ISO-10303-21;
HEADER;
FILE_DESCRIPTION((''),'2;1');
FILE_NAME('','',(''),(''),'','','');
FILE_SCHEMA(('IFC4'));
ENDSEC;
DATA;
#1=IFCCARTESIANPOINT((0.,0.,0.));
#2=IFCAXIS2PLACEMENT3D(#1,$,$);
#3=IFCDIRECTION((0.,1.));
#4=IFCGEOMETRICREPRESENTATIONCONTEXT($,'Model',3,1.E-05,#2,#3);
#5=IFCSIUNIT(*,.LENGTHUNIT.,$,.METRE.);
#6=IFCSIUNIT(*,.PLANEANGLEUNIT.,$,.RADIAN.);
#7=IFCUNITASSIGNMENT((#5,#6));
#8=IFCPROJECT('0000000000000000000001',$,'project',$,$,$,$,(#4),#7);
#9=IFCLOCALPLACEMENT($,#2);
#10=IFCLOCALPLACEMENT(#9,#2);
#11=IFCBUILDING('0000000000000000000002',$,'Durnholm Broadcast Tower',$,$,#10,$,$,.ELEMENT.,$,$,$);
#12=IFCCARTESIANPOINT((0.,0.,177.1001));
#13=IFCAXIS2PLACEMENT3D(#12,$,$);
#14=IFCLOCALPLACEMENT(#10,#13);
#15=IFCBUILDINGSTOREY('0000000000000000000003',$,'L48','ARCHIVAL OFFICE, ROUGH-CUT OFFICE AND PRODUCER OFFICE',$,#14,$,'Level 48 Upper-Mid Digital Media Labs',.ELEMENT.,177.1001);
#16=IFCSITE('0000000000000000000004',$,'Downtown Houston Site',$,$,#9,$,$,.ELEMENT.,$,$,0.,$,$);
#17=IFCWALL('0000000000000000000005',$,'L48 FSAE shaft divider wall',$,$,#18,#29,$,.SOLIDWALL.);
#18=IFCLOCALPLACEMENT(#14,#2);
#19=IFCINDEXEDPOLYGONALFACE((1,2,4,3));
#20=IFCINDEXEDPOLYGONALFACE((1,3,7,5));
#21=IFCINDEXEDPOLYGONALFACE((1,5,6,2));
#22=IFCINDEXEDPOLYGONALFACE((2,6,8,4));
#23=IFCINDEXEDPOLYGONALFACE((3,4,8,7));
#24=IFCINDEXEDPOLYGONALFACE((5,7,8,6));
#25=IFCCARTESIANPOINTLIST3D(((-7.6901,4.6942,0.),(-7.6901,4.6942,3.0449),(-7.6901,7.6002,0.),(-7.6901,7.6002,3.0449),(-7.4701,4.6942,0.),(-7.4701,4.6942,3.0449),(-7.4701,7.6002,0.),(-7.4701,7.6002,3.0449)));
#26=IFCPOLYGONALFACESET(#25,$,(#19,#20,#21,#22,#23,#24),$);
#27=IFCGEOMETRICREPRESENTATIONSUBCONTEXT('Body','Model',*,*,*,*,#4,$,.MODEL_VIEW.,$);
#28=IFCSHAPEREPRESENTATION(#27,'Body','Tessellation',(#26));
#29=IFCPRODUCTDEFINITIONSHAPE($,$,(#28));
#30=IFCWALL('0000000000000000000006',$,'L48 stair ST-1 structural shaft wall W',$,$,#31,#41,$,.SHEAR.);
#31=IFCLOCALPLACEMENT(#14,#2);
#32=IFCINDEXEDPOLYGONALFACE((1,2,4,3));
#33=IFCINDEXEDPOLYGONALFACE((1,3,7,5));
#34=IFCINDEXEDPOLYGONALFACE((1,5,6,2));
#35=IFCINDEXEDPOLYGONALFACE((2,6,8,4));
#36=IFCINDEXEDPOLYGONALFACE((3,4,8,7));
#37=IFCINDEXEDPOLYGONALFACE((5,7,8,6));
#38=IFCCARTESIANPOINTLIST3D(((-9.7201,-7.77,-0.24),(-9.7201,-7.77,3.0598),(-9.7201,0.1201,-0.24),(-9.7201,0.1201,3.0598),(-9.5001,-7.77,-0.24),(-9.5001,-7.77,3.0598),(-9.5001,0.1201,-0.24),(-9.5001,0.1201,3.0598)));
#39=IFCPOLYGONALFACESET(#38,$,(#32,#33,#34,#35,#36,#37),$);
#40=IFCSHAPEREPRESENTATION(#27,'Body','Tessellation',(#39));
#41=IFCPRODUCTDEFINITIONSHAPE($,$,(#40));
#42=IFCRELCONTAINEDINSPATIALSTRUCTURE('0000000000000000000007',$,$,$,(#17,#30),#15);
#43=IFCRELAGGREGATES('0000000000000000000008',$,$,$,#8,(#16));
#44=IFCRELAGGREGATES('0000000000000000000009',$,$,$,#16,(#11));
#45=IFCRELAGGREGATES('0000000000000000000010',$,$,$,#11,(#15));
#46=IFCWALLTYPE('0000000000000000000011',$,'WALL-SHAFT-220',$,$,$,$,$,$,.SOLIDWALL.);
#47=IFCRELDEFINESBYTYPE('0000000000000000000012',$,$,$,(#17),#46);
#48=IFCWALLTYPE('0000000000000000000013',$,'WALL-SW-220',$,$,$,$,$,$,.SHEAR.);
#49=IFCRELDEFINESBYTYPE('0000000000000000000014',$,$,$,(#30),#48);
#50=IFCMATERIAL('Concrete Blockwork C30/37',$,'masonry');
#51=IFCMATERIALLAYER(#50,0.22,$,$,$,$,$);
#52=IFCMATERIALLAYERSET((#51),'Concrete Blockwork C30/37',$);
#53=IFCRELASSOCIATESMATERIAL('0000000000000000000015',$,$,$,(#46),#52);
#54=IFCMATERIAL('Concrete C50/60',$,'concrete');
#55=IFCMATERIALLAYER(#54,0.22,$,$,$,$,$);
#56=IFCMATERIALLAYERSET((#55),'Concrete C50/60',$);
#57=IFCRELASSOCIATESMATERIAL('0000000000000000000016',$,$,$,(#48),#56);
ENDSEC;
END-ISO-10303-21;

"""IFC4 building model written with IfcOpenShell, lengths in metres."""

from ifc_helpers import new_model, si_unit, direction, frame, frame_2d, origin, place, context, subcontext, project, spatial, rectangle, extrude, material, layer, layer_set, type_object, element, save


model = new_model("IFC4")

# Units and contexts
model_context = context("Model", 3, precision=1e-05, world=origin(), true_north=direction((0.0, 1.0)))
body_context = subcontext(model_context, "Body", "Model", "MODEL_VIEW")
ifc_project = project(units=[si_unit("LENGTHUNIT", "METRE"), si_unit("PLANEANGLEUNIT", "RADIAN")], contexts=[model_context])

# Site, building, storey
site_placement = place(None, origin())
site = spatial("IfcSite", under=ifc_project, at=site_placement, Name="Downtown Houston Site", CompositionType="ELEMENT", RefElevation=0.0)
building_placement = place(site_placement, origin())
building = spatial("IfcBuilding", under=site, at=building_placement, Name="Durnholm Broadcast Tower", CompositionType="ELEMENT")
storey_placement = place(building_placement, frame((0.0, 0.0, 177.1001)))
storey = spatial("IfcBuildingStorey", under=building, at=storey_placement, Name="L48", Description="ARCHIVAL OFFICE, ROUGH-CUT OFFICE AND PRODUCER OFFICE", LongName="Level 48 Upper-Mid Digital Media Labs", CompositionType="ELEMENT", Elevation=177.1001)

# Shared definitions
ifc_material_1 = material(Name="Concrete Blockwork C30/37", Category="masonry")
ifc_layer_1 = layer(ifc_material_1, 0.22)
ifc_layer_set_1 = layer_set([ifc_layer_1], Name="Concrete Blockwork C30/37")
wall_type_1 = type_object("IfcWallType", Name="WALL-SHAFT-220", PredefinedType="SOLIDWALL", material=ifc_layer_set_1)

# Walls
wall_1_placement = place(storey_placement, frame((-7.5801, 4.6941, 0.0), z_axis=(0.0, 0.0, 1.0), x_axis=(0.0, 1.0, 0.0)))
element("IfcWall", 1, at=wall_1_placement, inside=storey, type_object=wall_type_1, Name="L48 FSAE shaft divider wall", PredefinedType="SOLIDWALL", context=body_context, shape_type="SweptSolid", body=[
    extrude(rectangle(XDim=2.906, YDim=0.22, at=frame_2d((1.4531, 0.0))), origin(), (0.0, 0.0, 1.0), 3.0449),
])
ifc_material_2 = material(Name="Concrete C50/60", Category="concrete")
ifc_layer_2 = layer(ifc_material_2, 0.22)
ifc_layer_set_2 = layer_set([ifc_layer_2], Name="Concrete C50/60")
wall_type_2 = type_object("IfcWallType", Name="WALL-SW-220", PredefinedType="SHEAR", material=ifc_layer_set_2)
wall_2_placement = place(storey_placement, frame((-9.6101, 0.1201, -0.24), z_axis=(0.0, 0.0, 1.0), x_axis=(0.0, -1.0, 0.0)))
element("IfcWall", 2, at=wall_2_placement, inside=storey, type_object=wall_type_2, Name="L48 stair ST-1 structural shaft wall W", PredefinedType="SHEAR", context=body_context, shape_type="SweptSolid", body=[
    extrude(rectangle(XDim=7.8901, YDim=0.22, at=frame_2d((3.9451, 0.0))), origin(), (0.0, 0.0, 1.0), 3.2998),
])

save(model, "model.ifc")
